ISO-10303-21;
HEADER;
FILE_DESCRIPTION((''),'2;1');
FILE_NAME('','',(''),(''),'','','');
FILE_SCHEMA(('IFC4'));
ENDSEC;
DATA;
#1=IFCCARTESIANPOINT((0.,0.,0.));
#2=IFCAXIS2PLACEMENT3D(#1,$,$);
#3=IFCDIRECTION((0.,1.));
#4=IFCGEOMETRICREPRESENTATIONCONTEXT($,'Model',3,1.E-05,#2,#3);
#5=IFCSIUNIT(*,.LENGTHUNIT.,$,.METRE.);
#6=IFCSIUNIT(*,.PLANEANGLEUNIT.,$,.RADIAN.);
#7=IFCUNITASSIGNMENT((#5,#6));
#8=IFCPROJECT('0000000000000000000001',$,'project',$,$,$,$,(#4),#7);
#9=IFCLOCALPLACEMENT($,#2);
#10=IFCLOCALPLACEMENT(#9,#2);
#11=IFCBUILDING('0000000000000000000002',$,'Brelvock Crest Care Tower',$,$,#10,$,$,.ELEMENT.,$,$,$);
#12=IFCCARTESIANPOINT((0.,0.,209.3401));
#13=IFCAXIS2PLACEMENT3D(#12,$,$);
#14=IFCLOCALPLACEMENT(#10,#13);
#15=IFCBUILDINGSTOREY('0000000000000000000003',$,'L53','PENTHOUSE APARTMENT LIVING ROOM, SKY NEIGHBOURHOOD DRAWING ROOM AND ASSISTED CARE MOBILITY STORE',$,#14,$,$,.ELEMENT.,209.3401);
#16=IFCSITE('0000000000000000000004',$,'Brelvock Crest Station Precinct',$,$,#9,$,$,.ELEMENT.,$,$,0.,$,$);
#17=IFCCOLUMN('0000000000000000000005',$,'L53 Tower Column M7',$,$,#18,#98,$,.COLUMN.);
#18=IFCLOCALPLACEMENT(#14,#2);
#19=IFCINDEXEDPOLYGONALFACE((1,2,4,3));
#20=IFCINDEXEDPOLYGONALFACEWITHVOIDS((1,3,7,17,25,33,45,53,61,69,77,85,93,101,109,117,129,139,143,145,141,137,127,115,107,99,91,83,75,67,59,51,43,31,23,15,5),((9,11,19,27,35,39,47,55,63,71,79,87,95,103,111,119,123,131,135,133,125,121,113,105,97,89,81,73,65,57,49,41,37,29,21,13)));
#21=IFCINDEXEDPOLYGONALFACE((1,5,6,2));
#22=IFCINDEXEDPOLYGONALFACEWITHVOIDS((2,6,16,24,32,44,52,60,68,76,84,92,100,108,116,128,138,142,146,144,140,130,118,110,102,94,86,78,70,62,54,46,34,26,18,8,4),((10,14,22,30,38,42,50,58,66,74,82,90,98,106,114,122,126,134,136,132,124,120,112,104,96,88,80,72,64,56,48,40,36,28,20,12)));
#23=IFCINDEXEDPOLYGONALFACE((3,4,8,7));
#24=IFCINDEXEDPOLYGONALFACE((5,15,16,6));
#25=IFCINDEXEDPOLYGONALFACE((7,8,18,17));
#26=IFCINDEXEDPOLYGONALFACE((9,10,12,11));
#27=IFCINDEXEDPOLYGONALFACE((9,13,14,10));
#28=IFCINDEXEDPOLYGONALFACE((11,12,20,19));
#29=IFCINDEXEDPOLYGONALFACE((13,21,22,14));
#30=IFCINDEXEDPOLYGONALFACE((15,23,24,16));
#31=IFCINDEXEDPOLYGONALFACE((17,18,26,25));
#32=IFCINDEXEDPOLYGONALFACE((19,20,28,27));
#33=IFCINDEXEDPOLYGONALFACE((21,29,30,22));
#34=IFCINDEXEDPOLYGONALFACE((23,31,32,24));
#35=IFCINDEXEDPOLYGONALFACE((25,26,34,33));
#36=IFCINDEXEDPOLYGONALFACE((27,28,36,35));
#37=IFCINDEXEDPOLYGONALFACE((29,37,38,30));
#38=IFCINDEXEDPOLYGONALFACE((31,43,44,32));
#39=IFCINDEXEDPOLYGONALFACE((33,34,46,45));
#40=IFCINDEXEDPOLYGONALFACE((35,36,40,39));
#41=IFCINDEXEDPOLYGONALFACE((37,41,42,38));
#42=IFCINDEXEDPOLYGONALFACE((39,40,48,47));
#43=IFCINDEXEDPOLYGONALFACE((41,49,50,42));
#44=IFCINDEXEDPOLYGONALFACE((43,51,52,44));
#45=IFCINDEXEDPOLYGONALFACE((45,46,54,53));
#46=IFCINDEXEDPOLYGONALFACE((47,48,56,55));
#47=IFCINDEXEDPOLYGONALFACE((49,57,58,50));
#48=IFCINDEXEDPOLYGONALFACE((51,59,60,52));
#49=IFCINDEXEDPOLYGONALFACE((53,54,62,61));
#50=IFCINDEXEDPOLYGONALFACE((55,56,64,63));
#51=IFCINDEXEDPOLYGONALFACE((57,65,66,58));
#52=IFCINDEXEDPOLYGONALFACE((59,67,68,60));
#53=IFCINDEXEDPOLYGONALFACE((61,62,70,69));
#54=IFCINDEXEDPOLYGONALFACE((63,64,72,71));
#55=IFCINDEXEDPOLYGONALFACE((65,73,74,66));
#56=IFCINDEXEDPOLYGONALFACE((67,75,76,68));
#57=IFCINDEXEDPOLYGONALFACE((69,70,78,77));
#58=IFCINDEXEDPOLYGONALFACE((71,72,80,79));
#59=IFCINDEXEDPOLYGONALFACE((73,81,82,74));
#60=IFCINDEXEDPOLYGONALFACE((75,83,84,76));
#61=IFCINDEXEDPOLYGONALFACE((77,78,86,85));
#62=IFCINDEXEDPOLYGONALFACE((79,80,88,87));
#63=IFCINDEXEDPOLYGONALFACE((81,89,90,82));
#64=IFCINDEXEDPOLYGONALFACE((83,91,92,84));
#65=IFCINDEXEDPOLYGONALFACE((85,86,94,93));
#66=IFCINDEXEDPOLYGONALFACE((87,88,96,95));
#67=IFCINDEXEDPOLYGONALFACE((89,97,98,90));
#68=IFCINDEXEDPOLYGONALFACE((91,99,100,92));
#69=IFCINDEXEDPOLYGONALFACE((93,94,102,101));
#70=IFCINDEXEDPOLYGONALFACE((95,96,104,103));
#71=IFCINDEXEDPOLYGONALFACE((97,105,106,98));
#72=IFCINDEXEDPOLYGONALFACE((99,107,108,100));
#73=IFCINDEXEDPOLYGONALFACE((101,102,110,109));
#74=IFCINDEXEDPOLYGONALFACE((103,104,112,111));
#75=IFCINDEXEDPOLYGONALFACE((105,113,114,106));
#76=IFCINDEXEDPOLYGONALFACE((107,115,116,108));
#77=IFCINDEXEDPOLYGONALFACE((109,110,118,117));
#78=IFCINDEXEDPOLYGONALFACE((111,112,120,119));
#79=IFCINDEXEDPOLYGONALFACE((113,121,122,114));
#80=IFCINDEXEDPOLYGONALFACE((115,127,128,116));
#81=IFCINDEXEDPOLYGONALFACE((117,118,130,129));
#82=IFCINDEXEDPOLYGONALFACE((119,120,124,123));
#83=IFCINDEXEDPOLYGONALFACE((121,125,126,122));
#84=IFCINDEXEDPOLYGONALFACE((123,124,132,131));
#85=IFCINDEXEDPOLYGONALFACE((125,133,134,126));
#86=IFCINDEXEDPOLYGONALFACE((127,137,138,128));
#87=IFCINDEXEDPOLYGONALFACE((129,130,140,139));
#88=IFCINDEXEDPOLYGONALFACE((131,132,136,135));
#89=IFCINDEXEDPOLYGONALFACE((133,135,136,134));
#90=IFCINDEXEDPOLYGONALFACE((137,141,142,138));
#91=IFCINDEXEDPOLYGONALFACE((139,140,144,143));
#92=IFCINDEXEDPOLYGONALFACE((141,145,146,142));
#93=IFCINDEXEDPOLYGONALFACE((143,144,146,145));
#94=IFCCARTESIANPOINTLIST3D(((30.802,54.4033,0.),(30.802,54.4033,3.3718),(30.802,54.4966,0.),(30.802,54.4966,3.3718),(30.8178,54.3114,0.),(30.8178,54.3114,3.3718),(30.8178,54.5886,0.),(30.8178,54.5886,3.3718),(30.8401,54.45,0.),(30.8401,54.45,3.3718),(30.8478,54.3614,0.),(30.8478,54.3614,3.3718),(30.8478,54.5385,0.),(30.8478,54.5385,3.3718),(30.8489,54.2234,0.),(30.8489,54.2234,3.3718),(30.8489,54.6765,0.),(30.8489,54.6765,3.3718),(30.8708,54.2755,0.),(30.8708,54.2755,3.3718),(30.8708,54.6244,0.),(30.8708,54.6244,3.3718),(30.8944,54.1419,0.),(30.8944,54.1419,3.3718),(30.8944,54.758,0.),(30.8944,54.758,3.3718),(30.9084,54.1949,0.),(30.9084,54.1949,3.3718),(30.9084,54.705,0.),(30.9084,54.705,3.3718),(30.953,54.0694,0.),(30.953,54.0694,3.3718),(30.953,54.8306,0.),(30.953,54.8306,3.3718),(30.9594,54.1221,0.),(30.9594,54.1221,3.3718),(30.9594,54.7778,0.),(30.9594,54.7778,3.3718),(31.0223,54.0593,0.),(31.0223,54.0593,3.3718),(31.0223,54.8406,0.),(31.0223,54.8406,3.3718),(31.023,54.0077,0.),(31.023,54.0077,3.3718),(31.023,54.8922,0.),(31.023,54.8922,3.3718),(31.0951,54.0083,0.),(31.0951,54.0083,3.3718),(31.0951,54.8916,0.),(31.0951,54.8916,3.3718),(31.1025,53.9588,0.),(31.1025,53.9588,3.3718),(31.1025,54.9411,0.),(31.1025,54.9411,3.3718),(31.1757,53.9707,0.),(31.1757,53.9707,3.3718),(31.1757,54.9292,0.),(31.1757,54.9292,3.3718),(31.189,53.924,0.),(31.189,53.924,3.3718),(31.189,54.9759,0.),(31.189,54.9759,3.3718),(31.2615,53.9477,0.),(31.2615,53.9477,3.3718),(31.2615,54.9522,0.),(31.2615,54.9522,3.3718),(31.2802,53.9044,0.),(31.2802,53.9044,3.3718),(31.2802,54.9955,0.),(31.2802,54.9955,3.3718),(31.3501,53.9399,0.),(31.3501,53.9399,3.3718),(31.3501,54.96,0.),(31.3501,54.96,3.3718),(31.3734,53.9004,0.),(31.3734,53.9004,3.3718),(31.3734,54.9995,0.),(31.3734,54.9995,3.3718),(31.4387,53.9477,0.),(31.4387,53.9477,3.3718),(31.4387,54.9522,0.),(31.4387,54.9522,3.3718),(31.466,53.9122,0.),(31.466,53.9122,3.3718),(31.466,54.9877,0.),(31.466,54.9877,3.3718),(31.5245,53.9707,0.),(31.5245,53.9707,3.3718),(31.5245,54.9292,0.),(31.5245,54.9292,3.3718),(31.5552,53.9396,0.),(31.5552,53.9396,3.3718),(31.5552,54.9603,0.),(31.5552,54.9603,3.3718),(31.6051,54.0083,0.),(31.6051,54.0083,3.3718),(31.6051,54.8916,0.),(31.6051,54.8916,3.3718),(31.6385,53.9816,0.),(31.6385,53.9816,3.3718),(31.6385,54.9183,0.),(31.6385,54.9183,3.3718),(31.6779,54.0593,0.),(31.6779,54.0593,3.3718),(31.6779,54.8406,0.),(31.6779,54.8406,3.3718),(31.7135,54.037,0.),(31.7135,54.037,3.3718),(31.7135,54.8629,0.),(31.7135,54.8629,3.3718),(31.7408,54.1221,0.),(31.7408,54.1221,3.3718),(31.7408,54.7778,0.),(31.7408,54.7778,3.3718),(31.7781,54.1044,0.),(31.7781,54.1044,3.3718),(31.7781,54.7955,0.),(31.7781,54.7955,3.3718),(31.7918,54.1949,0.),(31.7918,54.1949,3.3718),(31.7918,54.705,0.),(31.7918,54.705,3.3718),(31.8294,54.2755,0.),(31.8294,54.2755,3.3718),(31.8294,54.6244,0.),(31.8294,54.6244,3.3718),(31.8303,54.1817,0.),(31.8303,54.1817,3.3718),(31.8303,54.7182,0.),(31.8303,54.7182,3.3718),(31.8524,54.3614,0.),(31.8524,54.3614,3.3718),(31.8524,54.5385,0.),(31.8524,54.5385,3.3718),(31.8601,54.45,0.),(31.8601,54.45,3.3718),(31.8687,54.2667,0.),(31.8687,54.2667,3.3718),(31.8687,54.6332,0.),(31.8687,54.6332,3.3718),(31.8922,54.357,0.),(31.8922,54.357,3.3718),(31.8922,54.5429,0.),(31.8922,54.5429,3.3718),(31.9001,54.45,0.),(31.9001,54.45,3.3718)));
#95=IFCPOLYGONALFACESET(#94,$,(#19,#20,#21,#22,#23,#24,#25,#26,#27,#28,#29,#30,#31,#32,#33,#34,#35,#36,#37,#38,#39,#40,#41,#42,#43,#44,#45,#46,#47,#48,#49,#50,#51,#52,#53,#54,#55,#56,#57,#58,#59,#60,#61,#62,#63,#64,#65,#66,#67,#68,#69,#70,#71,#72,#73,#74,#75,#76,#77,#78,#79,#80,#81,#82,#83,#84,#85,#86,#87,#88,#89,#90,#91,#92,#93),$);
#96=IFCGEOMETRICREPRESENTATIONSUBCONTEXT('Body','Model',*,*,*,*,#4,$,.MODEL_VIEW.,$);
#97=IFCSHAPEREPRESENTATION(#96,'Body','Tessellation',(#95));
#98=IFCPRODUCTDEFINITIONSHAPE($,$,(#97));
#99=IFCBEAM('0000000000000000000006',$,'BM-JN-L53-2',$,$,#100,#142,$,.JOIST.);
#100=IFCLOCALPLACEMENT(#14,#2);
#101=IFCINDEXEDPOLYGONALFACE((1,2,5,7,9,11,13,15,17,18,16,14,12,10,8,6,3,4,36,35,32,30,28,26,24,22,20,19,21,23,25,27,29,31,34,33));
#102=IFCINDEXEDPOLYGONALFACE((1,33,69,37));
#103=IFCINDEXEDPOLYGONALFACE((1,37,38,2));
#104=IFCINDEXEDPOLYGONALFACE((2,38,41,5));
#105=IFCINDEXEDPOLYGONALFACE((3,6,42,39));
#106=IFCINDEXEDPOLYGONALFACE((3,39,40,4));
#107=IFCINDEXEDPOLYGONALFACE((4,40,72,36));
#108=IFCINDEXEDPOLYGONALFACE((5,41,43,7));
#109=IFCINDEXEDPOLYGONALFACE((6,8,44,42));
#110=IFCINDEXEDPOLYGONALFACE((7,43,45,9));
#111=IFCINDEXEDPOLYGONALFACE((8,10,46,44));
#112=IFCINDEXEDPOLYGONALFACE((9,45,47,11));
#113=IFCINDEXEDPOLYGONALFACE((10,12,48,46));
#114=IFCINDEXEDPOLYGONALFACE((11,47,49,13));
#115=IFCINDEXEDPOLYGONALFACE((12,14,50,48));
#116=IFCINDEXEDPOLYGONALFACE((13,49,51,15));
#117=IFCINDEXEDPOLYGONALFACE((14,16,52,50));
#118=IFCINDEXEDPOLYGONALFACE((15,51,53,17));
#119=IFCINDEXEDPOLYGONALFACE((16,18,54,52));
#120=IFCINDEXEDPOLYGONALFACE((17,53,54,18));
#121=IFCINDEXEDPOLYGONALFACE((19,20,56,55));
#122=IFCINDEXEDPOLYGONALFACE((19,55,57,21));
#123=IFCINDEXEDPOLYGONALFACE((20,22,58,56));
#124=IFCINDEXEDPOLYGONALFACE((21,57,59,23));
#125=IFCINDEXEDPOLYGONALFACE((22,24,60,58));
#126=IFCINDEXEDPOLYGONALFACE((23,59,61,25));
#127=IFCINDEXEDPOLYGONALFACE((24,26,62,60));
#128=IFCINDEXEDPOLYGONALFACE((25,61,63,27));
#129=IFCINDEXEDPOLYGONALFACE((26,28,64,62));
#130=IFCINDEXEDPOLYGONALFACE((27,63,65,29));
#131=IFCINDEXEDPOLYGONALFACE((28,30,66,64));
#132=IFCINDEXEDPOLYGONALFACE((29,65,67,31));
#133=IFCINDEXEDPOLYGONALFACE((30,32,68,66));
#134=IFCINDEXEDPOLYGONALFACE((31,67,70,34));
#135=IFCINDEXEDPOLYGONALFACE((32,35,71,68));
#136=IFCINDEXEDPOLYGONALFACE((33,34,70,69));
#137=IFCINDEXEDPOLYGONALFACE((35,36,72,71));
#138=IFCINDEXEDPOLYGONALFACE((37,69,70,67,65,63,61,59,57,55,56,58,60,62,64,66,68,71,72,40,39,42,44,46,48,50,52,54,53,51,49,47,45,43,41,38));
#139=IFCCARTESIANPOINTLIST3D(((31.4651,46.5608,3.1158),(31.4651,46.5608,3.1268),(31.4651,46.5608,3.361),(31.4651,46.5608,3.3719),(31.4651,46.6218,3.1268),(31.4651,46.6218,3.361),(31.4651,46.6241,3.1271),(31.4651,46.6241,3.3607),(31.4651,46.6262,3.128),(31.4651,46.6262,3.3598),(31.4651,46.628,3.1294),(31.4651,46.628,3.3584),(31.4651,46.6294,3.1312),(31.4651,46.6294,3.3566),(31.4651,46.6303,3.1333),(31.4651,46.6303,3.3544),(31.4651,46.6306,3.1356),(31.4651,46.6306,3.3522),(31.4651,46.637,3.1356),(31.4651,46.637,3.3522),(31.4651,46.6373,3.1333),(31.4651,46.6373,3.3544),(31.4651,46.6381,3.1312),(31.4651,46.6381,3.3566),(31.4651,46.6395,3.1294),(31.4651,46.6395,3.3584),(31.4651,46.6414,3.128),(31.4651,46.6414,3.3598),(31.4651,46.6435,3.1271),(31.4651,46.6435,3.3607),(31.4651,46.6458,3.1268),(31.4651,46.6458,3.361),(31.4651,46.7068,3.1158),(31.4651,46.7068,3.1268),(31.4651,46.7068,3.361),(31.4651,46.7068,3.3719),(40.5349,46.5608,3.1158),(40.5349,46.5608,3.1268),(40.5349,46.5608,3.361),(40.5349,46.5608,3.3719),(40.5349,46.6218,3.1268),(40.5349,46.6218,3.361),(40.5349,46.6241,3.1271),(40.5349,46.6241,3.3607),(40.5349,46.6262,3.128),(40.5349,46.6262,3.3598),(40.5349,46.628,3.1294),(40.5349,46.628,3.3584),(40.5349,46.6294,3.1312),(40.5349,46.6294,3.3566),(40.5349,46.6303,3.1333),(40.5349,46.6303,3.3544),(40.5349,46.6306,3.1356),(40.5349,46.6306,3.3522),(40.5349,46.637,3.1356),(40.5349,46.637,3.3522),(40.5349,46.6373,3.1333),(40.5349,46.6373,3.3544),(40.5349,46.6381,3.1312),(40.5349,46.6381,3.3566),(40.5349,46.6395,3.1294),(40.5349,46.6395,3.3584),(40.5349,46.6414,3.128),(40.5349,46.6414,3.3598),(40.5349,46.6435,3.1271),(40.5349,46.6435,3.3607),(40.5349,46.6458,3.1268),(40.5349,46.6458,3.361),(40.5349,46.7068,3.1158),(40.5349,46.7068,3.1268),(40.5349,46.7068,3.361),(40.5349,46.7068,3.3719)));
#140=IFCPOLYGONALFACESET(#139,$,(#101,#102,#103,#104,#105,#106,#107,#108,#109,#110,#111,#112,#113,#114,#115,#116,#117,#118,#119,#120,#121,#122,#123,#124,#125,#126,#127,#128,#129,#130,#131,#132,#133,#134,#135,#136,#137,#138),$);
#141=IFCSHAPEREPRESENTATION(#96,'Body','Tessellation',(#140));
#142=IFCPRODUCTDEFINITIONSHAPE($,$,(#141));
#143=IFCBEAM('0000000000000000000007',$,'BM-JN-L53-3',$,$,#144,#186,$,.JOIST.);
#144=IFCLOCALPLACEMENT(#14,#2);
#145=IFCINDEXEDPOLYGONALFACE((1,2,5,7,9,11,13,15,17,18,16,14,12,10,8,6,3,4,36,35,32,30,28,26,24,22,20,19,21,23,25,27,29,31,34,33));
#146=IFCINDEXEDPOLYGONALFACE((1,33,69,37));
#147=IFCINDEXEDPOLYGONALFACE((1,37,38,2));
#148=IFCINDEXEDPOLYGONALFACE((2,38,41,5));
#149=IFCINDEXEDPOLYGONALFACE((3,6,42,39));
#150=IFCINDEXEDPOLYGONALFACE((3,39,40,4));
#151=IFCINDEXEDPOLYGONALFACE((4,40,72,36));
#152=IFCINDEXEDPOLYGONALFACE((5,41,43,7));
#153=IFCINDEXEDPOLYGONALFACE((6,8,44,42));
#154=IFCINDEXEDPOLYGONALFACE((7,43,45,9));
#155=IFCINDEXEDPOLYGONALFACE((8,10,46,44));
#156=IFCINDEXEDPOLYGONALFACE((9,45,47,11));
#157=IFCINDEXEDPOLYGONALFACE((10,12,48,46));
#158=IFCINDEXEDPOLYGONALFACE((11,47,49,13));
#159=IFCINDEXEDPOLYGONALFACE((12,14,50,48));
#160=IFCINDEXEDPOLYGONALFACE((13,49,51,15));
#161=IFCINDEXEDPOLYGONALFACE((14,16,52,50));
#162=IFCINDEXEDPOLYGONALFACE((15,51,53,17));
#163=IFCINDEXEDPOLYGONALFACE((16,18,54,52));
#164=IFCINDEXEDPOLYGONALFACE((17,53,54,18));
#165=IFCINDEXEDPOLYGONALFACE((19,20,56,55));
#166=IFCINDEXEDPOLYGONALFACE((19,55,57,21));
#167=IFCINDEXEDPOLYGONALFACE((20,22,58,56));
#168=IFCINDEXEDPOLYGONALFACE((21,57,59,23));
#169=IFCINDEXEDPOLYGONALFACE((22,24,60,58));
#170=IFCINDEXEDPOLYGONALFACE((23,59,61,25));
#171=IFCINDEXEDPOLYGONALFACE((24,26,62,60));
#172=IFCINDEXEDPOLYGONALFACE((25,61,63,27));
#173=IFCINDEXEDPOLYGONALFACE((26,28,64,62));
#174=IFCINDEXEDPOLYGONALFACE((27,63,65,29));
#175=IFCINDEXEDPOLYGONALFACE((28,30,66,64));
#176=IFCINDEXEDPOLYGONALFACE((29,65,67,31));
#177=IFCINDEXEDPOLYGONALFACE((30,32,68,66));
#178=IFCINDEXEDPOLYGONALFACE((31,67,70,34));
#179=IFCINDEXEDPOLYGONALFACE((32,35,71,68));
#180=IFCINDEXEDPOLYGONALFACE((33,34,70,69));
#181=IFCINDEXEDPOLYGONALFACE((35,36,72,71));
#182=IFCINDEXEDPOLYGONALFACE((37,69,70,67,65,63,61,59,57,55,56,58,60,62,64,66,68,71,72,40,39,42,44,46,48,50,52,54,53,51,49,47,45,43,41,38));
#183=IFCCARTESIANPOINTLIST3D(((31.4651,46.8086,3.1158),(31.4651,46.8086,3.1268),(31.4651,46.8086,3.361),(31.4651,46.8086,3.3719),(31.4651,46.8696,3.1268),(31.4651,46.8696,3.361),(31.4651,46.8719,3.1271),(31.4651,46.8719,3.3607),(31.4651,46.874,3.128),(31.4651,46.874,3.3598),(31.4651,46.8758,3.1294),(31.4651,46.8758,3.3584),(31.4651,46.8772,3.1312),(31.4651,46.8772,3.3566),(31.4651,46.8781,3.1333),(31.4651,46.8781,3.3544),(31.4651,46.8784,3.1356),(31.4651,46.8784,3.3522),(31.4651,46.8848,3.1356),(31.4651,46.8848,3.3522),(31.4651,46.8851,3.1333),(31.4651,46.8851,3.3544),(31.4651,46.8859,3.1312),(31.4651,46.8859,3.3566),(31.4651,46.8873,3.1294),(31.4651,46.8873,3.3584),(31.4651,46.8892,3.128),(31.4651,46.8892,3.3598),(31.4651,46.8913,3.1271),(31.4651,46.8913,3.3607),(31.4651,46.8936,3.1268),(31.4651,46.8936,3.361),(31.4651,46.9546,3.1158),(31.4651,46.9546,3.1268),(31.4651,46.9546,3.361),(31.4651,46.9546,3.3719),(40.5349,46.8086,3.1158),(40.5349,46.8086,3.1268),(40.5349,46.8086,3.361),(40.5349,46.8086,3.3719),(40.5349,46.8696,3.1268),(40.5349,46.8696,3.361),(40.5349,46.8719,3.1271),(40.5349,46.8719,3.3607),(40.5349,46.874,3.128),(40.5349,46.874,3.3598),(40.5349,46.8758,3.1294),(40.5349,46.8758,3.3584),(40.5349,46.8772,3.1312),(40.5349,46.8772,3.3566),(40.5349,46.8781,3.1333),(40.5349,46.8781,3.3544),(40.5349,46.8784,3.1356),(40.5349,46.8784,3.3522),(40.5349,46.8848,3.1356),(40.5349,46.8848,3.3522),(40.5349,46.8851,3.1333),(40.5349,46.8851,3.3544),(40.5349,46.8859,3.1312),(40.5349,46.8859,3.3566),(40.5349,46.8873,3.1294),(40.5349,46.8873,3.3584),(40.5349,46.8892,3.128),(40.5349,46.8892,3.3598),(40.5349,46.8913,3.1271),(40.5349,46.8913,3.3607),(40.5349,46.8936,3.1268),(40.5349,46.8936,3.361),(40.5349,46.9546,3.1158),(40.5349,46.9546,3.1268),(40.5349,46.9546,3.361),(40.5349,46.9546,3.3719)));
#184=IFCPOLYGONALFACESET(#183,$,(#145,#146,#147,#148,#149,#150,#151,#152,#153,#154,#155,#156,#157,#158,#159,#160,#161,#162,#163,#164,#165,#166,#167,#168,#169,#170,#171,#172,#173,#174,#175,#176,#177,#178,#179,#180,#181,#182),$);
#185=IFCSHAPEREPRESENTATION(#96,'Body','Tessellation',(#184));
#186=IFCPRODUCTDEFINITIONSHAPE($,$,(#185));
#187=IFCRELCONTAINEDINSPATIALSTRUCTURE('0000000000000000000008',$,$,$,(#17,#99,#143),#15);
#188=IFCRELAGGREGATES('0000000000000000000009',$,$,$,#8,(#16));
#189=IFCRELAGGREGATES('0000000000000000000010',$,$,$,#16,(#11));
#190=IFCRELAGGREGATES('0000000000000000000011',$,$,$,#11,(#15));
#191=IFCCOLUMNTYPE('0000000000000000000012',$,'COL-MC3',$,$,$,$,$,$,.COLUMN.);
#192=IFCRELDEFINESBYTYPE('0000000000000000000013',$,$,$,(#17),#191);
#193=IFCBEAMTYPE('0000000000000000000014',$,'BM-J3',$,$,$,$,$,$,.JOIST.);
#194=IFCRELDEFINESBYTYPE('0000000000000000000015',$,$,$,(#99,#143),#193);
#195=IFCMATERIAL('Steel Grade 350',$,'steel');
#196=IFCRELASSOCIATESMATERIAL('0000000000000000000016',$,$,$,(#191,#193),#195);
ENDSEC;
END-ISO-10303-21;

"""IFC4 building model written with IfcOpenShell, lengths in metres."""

from ifc_helpers import new_model, si_unit, direction, frame, origin, origin_2d, place, context, subcontext, project, spatial, hollow_circle, i_section, extrude, source, transform, mapped, material, material_profile, profile_set, type_object, element, save


model = new_model("IFC4")

# Units and contexts
model_context = context("Model", 3, precision=1e-05, world=origin(), true_north=direction((0.0, 1.0)))
body_context = subcontext(model_context, "Body", "Model", "MODEL_VIEW")
ifc_project = project(units=[si_unit("LENGTHUNIT", "METRE"), si_unit("PLANEANGLEUNIT", "RADIAN")], contexts=[model_context])

# Site, building, storey
site_placement = place(None, origin())
site = spatial("IfcSite", under=ifc_project, at=site_placement, Name="Brelvock Crest Station Precinct", CompositionType="ELEMENT", RefElevation=0.0)
building_placement = place(site_placement, origin())
building = spatial("IfcBuilding", under=site, at=building_placement, Name="Brelvock Crest Care Tower", CompositionType="ELEMENT")
storey_placement = place(building_placement, frame((0.0, 0.0, 209.3401)))
storey = spatial("IfcBuildingStorey", under=building, at=storey_placement, Name="L53", Description="PENTHOUSE APARTMENT LIVING ROOM, SKY NEIGHBOURHOOD DRAWING ROOM AND ASSISTED CARE MOBILITY STORE", CompositionType="ELEMENT", Elevation=209.3401)

# Column
ifc_material_1 = material(Name="Steel Grade 350", Category="steel")
ifc_material_profile_1 = material_profile(ifc_material_1, hollow_circle(Radius=0.55, WallThickness=0.04, at=origin_2d()), Name="CFT1100x40")
ifc_profile_set_1 = profile_set([ifc_material_profile_1], Name="Steel Grade 350")
column_type = type_object("IfcColumnType", Name="COL-MC3", PredefinedType="COLUMN", material=ifc_profile_set_1)
shared_shape_1 = source(origin(), body_context, "Body", "SweptSolid", [
    extrude(hollow_circle(Radius=0.55, WallThickness=0.04, at=origin_2d()), origin(), (0.0, 0.0, 1.0), 3.3718),
])
column_placement = place(storey_placement, frame((31.3501, 54.45, 0.0), z_axis=(0.0, 0.0, 1.0), x_axis=(1.0, 0.0, 0.0)))
element("IfcColumn", 1, at=column_placement, inside=storey, type_object=column_type, Name="L53 Tower Column M7", PredefinedType="COLUMN", context=body_context, shape_type="MappedRepresentation", body=[
    mapped(shared_shape_1, transform((0.0, 0.0, 0.0), x_axis=(1.0, 0.0, 0.0), y_axis=(0.0, 1.0, 0.0), z_axis=(0.0, 0.0, 1.0), scale=1.0)),
])

# Beams
ifc_material_profile_2 = material_profile(ifc_material_1, i_section(OverallWidth=0.146, OverallDepth=0.2561, WebThickness=0.0063, FlangeThickness=0.011, FilletRadius=0.0088, at=origin_2d()), Name="250UB37.3")
ifc_profile_set_2 = profile_set([ifc_material_profile_2], Name="Steel Grade 350")
beam_type_1 = type_object("IfcBeamType", Name="BM-J3", PredefinedType="JOIST", material=ifc_profile_set_2)
shared_shape_2 = source(origin(), body_context, "Body", "SweptSolid", [
    extrude(i_section(OverallWidth=0.146, OverallDepth=0.2561, WebThickness=0.0063, FlangeThickness=0.011, FilletRadius=0.0088, at=origin_2d()), origin(), (0.0, 0.0, 1.0), 9.0698),
])
for number, where, z_axis, x_axis, name in (
    (2, (31.4651, 46.6338, 3.2439), (1.0, 0.0, 0.0), (0.0, 1.0, 0.0), "BM-JN-L53-2"),
    (3, (31.4651, 46.8816, 3.2439), (1.0, 0.0, 0.0), (0.0, 1.0, 0.0), "BM-JN-L53-3"),
):
    element("IfcBeam", number, at=place(storey_placement, frame(where, z_axis=z_axis, x_axis=x_axis)), inside=storey, type_object=beam_type_1, Name=name, PredefinedType="JOIST", context=body_context, shape_type="MappedRepresentation", body=[
        mapped(shared_shape_2, transform((0.0, 0.0, 0.0), x_axis=(1.0, 0.0, 0.0), y_axis=(0.0, 1.0, 0.0), z_axis=(0.0, 0.0, 1.0), scale=1.0)),
    ])

save(model, "model.ifc")
